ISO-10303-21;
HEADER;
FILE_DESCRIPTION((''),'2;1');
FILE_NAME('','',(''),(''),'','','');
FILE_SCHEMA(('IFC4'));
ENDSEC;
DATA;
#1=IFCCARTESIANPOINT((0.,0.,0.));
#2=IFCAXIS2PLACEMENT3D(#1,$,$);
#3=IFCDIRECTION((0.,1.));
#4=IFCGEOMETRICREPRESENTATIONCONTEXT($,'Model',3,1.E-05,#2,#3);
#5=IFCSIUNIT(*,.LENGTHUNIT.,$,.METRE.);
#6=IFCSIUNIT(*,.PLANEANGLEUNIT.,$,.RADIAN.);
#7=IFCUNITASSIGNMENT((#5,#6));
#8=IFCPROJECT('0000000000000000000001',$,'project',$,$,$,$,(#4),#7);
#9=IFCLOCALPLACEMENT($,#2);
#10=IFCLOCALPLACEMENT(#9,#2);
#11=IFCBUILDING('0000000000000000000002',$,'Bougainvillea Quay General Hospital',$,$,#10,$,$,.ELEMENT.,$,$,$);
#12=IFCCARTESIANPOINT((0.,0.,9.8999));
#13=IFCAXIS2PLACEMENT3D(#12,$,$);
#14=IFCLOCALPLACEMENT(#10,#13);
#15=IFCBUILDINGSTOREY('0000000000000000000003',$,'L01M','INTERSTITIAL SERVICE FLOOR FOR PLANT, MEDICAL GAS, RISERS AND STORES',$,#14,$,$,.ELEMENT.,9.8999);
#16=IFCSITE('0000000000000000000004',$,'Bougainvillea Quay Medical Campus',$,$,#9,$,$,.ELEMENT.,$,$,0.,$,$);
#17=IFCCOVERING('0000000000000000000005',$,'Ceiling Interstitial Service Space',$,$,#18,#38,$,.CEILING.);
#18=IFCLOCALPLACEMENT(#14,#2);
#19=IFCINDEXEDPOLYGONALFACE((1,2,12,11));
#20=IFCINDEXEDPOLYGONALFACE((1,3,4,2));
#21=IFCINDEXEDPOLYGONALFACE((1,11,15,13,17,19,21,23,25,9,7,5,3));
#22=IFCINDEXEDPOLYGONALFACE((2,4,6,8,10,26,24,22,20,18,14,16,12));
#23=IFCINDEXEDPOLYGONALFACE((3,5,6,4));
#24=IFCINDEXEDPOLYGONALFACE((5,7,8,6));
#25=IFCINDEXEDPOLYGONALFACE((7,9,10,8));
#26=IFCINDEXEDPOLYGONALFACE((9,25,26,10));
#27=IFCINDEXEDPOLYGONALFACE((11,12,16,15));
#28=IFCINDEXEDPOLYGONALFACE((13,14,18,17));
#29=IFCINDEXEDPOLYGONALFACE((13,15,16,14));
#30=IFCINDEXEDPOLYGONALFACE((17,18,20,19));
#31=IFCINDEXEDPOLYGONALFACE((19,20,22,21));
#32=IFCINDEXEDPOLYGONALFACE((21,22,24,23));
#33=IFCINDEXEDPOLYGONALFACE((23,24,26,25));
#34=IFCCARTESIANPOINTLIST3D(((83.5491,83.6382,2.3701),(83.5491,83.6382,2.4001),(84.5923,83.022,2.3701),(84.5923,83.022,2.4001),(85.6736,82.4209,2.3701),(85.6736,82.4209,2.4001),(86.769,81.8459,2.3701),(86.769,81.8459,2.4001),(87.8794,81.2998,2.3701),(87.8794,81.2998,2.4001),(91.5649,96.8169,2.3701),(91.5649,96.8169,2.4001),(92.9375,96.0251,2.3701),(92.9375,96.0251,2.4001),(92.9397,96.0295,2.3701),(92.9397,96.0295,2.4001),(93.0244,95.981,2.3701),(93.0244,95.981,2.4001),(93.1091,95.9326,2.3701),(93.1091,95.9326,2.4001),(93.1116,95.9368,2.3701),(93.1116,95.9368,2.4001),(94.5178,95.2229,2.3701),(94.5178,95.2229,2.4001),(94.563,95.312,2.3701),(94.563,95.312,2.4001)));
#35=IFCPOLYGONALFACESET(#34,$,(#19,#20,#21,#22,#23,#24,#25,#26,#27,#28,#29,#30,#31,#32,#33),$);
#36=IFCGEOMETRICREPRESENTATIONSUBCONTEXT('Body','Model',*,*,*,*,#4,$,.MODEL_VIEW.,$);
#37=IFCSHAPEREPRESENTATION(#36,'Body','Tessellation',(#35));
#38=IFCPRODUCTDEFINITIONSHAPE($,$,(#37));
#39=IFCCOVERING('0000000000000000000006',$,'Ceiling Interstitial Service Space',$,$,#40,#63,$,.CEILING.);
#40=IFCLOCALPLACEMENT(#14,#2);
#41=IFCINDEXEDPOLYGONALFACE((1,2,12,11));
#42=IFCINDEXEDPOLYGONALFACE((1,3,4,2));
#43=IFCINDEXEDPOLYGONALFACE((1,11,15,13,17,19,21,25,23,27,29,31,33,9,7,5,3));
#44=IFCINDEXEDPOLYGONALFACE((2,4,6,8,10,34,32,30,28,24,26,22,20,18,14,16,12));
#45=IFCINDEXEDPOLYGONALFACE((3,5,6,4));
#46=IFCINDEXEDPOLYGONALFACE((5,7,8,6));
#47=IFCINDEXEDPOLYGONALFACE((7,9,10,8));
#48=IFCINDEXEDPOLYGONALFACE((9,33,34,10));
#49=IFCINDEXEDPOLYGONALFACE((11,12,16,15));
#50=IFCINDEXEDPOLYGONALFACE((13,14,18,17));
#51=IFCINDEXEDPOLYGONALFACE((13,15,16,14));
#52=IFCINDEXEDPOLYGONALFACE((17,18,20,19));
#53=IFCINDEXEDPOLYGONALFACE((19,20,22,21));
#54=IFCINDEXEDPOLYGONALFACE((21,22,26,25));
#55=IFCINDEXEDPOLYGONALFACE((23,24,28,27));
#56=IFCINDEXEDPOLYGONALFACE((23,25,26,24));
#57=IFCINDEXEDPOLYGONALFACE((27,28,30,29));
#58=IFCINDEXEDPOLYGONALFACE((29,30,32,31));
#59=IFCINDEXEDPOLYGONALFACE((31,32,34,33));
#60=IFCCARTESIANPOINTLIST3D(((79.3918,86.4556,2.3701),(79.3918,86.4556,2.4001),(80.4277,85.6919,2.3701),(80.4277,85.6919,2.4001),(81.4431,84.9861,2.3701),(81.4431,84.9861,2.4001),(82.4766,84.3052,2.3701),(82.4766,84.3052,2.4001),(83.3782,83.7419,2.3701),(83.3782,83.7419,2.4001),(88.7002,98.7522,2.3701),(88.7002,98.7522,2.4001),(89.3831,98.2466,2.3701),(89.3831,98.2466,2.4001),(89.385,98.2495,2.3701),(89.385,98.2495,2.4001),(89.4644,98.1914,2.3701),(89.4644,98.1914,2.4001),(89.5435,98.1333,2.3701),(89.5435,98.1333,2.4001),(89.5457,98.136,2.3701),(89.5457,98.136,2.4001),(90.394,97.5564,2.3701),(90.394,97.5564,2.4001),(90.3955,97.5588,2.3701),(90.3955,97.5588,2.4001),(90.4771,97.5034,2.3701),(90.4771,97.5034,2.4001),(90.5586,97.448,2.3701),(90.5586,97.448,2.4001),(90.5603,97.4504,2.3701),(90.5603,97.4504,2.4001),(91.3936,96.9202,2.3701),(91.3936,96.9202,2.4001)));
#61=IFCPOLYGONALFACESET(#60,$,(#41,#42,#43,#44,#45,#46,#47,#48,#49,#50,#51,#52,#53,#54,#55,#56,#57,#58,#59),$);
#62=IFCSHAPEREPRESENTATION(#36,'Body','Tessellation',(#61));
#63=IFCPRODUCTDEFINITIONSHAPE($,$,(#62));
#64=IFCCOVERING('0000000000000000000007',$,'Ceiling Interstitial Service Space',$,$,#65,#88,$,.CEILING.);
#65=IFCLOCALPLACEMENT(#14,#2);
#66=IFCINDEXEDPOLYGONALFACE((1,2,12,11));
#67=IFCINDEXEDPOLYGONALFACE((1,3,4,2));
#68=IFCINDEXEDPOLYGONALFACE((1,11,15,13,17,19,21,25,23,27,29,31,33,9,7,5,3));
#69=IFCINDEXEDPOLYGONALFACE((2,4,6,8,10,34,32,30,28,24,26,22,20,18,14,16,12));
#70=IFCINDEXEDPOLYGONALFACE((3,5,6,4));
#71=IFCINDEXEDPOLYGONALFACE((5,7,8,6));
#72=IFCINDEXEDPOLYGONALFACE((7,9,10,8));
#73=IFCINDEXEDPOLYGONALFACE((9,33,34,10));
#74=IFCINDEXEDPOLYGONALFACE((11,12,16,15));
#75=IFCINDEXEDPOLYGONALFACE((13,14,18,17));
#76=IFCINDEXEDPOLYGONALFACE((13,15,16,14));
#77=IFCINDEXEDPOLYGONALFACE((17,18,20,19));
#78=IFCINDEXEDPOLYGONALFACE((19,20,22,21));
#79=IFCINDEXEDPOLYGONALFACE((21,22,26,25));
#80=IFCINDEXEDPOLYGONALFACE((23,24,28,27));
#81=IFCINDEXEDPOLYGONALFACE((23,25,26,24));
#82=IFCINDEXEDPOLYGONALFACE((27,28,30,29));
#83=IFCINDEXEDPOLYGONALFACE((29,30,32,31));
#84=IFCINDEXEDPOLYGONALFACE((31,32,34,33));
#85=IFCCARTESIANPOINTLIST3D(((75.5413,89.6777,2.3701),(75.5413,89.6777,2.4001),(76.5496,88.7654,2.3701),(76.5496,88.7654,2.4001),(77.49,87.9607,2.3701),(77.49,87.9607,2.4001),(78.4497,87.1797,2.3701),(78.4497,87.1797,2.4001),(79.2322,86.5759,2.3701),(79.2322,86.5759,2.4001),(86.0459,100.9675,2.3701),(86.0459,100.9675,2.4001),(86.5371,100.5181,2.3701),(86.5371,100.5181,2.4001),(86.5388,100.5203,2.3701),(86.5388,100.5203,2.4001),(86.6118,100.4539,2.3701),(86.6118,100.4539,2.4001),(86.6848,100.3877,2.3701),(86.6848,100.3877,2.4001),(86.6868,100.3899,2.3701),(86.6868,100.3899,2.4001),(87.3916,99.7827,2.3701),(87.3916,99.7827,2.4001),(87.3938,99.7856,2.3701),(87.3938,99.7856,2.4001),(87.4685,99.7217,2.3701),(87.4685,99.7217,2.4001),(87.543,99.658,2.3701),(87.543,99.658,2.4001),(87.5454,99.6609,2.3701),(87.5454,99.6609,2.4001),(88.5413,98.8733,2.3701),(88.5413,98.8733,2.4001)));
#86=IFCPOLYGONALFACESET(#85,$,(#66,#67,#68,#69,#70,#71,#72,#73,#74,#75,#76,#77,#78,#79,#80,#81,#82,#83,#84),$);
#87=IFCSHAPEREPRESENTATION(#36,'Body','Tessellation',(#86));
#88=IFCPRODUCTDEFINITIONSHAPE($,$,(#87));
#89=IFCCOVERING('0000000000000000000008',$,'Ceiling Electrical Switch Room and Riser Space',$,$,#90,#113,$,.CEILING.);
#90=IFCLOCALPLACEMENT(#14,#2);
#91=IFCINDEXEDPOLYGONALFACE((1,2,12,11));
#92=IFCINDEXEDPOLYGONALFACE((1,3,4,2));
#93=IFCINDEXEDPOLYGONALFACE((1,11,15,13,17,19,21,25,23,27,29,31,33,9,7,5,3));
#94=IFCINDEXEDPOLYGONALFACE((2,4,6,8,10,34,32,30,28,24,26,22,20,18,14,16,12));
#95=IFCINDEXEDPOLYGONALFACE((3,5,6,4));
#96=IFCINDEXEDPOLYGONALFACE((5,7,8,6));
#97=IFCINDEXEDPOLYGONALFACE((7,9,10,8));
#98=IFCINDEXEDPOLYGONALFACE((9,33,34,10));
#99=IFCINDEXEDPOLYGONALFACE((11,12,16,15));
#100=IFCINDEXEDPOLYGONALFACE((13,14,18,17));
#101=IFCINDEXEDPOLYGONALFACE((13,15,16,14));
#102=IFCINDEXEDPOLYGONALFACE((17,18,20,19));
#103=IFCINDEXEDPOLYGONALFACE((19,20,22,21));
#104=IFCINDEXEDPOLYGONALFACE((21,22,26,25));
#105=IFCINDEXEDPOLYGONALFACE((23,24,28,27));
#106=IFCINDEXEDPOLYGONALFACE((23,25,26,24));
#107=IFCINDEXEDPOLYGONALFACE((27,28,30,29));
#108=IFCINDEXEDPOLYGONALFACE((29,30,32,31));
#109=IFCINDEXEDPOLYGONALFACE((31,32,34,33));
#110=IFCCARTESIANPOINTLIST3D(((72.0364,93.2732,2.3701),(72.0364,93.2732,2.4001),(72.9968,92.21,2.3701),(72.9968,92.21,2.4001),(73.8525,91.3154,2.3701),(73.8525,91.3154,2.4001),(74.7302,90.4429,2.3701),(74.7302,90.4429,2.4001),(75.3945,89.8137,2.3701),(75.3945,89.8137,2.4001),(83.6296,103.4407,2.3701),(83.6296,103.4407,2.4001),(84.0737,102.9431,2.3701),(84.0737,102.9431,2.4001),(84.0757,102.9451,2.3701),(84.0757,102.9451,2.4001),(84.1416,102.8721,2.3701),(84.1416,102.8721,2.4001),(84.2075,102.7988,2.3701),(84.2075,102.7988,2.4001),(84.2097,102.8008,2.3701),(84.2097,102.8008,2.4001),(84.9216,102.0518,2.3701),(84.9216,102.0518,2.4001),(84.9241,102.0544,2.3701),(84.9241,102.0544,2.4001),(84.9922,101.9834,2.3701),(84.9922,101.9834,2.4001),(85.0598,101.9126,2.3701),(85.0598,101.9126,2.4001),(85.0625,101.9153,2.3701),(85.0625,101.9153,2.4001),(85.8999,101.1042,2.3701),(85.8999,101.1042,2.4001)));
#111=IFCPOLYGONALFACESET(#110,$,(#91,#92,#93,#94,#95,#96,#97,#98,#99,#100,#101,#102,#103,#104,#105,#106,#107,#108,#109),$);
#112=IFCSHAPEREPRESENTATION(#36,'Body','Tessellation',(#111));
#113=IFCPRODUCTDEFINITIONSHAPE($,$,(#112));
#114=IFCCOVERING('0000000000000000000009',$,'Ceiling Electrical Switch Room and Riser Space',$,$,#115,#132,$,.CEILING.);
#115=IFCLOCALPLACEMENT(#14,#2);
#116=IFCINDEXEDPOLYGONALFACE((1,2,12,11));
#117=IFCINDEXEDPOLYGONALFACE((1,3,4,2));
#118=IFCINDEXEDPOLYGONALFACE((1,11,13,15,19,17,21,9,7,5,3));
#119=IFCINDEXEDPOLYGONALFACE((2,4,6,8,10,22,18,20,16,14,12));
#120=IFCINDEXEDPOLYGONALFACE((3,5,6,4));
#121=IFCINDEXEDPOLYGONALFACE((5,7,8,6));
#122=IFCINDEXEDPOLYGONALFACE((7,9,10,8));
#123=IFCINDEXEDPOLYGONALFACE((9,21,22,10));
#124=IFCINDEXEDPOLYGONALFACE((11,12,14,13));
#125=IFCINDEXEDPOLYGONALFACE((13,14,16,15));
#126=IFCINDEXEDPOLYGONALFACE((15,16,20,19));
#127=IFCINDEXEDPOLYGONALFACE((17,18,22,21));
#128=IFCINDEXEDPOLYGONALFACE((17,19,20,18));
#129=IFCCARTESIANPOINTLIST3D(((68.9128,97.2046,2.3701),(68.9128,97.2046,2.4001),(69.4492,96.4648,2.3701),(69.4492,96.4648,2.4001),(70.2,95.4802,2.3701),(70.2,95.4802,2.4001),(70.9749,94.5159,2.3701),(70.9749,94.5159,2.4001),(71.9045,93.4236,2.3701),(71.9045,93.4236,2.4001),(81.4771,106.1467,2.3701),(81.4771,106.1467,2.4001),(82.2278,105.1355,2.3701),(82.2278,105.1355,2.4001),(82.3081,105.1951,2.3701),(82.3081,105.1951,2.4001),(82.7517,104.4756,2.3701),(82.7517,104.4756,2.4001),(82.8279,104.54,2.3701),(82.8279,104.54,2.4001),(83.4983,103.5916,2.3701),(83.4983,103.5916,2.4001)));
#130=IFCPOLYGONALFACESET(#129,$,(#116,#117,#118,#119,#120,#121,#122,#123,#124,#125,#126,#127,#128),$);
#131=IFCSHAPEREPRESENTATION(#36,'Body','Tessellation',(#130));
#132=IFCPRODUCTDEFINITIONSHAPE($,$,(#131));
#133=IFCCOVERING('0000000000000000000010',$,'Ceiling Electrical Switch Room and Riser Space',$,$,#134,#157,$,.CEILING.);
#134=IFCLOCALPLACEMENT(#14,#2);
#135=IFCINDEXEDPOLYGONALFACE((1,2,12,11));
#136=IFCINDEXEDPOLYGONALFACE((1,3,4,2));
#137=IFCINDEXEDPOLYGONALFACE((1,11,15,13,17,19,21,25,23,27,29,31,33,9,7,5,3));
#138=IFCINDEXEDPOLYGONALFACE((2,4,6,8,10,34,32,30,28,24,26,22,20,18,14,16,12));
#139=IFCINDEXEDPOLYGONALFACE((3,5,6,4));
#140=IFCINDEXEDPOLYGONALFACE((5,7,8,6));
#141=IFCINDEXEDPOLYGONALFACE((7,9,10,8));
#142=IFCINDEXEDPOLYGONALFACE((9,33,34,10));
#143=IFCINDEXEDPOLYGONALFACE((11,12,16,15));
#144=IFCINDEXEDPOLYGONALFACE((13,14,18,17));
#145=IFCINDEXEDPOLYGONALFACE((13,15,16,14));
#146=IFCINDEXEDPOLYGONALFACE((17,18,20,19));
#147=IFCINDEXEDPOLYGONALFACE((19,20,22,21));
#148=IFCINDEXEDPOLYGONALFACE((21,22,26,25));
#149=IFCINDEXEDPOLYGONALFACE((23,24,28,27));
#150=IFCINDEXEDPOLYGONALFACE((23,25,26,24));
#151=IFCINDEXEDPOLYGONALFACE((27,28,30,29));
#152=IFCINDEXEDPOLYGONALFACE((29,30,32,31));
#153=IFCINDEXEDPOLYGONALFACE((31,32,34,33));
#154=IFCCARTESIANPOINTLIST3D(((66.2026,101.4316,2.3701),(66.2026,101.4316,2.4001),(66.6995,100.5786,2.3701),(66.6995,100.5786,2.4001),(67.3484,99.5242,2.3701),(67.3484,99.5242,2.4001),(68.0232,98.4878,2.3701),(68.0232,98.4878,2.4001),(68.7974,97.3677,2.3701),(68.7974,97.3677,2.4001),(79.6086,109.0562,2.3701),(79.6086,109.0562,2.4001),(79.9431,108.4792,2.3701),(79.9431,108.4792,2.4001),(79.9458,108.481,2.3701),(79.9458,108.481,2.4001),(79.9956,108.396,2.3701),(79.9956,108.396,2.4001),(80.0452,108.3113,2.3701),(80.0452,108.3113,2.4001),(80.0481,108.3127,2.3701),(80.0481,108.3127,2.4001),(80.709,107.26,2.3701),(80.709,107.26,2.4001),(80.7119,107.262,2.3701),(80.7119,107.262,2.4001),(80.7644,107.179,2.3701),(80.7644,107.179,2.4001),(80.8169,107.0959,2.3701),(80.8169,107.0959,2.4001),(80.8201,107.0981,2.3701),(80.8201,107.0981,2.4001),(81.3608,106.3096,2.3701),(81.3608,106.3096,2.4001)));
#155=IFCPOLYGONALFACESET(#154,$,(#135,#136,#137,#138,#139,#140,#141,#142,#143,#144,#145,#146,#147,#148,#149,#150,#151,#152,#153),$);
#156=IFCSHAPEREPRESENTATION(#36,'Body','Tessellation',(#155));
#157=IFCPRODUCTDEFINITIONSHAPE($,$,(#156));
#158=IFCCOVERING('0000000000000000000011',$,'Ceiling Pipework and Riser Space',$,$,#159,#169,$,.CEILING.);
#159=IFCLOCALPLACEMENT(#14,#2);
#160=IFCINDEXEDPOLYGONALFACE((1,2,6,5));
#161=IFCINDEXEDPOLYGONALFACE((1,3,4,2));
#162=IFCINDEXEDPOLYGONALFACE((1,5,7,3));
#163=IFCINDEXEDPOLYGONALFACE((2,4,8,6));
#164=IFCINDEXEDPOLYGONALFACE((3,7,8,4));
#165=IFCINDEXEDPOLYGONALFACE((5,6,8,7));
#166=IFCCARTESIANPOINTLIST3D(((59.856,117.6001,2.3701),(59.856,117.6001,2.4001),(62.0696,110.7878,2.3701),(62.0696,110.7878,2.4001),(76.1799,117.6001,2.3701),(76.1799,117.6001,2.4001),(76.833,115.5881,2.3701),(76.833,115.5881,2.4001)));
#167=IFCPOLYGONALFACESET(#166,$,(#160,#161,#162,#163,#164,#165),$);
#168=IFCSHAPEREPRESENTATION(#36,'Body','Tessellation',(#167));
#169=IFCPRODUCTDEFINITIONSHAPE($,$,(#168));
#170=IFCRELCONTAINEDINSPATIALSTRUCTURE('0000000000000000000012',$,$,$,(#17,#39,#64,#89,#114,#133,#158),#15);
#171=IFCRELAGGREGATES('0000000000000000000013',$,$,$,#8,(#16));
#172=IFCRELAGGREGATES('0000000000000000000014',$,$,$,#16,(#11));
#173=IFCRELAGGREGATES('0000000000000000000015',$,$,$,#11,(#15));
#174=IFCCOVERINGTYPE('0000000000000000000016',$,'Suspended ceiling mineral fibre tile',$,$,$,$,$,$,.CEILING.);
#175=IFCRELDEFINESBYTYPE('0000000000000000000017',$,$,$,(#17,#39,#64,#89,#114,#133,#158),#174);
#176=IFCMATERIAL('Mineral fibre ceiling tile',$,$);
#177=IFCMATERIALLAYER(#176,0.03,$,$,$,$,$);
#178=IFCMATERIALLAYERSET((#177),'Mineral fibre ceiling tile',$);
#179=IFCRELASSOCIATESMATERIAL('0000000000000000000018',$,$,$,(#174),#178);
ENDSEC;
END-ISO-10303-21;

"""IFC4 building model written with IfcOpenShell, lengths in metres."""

from ifc_helpers import new_model, si_unit, direction, frame, origin, place, context, subcontext, project, spatial, polyline, outline, extrude, material, layer, layer_set, type_object, element, save


model = new_model("IFC4")

# Units and contexts
model_context = context("Model", 3, precision=1e-05, world=origin(), true_north=direction((0.0, 1.0)))
body_context = subcontext(model_context, "Body", "Model", "MODEL_VIEW")
ifc_project = project(units=[si_unit("LENGTHUNIT", "METRE"), si_unit("PLANEANGLEUNIT", "RADIAN")], contexts=[model_context])

# Site, building, storey
site_placement = place(None, origin())
site = spatial("IfcSite", under=ifc_project, at=site_placement, Name="Bougainvillea Quay Medical Campus", CompositionType="ELEMENT", RefElevation=0.0)
building_placement = place(site_placement, origin())
building = spatial("IfcBuilding", under=site, at=building_placement, Name="Bougainvillea Quay General Hospital", CompositionType="ELEMENT")
storey_placement = place(building_placement, frame((0.0, 0.0, 9.8999)))
storey = spatial("IfcBuildingStorey", under=building, at=storey_placement, Name="L01M", Description="INTERSTITIAL SERVICE FLOOR FOR PLANT, MEDICAL GAS, RISERS AND STORES", CompositionType="ELEMENT", Elevation=9.8999)

# Coverings
ifc_material = material(Name="Mineral fibre ceiling tile")
ifc_layer = layer(ifc_material, 0.03)
ifc_layer_set = layer_set([ifc_layer], Name="Mineral fibre ceiling tile")
covering_type = type_object("IfcCoveringType", Name="Suspended ceiling mineral fibre tile", PredefinedType="CEILING", material=ifc_layer_set)
covering_1_placement = place(storey_placement, frame((0.0, 0.0, 2.3701)))
element("IfcCovering", 1, at=covering_1_placement, inside=storey, type_object=covering_type, Name="Ceiling Interstitial Service Space", PredefinedType="CEILING", context=body_context, shape_type="SweptSolid", body=[
    extrude(outline(polyline([(94.563, 95.312), (94.5178, 95.2229), (93.1116, 95.9368), (93.1091, 95.9326), (93.0244, 95.981), (92.9375, 96.0251), (92.9397, 96.0295), (91.5649, 96.8169), (83.5491, 83.6382), (84.5923, 83.022), (85.6736, 82.4209), (86.769, 81.8459), (87.8794, 81.2998), (94.563, 95.312)])), origin(), (0.0, 0.0, 1.0), 0.03),
])
covering_2_placement = place(storey_placement, frame((0.0, 0.0, 2.3701)))
element("IfcCovering", 2, at=covering_2_placement, inside=storey, type_object=covering_type, Name="Ceiling Interstitial Service Space", PredefinedType="CEILING", context=body_context, shape_type="SweptSolid", body=[
    extrude(outline(polyline([(83.3782, 83.7419), (91.3936, 96.9202), (90.5603, 97.4504), (90.5586, 97.448), (90.4771, 97.5034), (90.394, 97.5564), (90.3955, 97.5588), (89.5457, 98.136), (89.5435, 98.1333), (89.4644, 98.1914), (89.3831, 98.2466), (89.385, 98.2495), (88.7002, 98.7522), (79.3918, 86.4556), (80.4277, 85.6919), (81.4431, 84.9861), (82.4766, 84.3052), (83.3782, 83.7419)])), origin(), (0.0, 0.0, 1.0), 0.03),
])
covering_3_placement = place(storey_placement, frame((0.0, 0.0, 2.3701)))
element("IfcCovering", 3, at=covering_3_placement, inside=storey, type_object=covering_type, Name="Ceiling Interstitial Service Space", PredefinedType="CEILING", context=body_context, shape_type="SweptSolid", body=[
    extrude(outline(polyline([(77.49, 87.9607), (78.4497, 87.1797), (79.2322, 86.5759), (88.5413, 98.8733), (87.5454, 99.6609), (87.543, 99.658), (87.4685, 99.7217), (87.3916, 99.7827), (87.3938, 99.7856), (86.6868, 100.3899), (86.6848, 100.3877), (86.6118, 100.4539), (86.5371, 100.5181), (86.5388, 100.5203), (86.0459, 100.9675), (75.5413, 89.6777), (76.5496, 88.7654), (77.49, 87.9607)])), origin(), (0.0, 0.0, 1.0), 0.03),
])
covering_4_placement = place(storey_placement, frame((0.0, 0.0, 2.3701)))
element("IfcCovering", 4, at=covering_4_placement, inside=storey, type_object=covering_type, Name="Ceiling Electrical Switch Room and Riser Space", PredefinedType="CEILING", context=body_context, shape_type="SweptSolid", body=[
    extrude(outline(polyline([(74.7302, 90.4429), (75.3945, 89.8137), (85.8999, 101.1042), (85.0625, 101.9153), (85.0598, 101.9126), (84.9922, 101.9834), (84.9216, 102.0518), (84.9241, 102.0544), (84.2097, 102.8008), (84.2075, 102.7988), (84.1416, 102.8721), (84.0737, 102.9431), (84.0757, 102.9451), (83.6296, 103.4407), (72.0364, 93.2732), (72.9968, 92.21), (73.8525, 91.3154), (74.7302, 90.4429)])), origin(), (0.0, 0.0, 1.0), 0.03),
])
covering_5_placement = place(storey_placement, frame((0.0, 0.0, 2.3701)))
element("IfcCovering", 5, at=covering_5_placement, inside=storey, type_object=covering_type, Name="Ceiling Electrical Switch Room and Riser Space", PredefinedType="CEILING", context=body_context, shape_type="SweptSolid", body=[
    extrude(outline(polyline([(82.3081, 105.1951), (82.2278, 105.1355), (81.4771, 106.1467), (68.9128, 97.2046), (69.4492, 96.4648), (70.2, 95.4802), (70.9749, 94.5159), (71.9045, 93.4236), (83.4983, 103.5916), (82.7517, 104.4756), (82.8279, 104.54), (82.3081, 105.1951)])), origin(), (0.0, 0.0, 1.0), 0.03),
])
covering_6_placement = place(storey_placement, frame((0.0, 0.0, 2.3701)))
element("IfcCovering", 6, at=covering_6_placement, inside=storey, type_object=covering_type, Name="Ceiling Electrical Switch Room and Riser Space", PredefinedType="CEILING", context=body_context, shape_type="SweptSolid", body=[
    extrude(outline(polyline([(67.3484, 99.5242), (68.0232, 98.4878), (68.7974, 97.3677), (81.3608, 106.3096), (80.8201, 107.0981), (80.8169, 107.0959), (80.7644, 107.179), (80.709, 107.26), (80.7119, 107.262), (80.0481, 108.3127), (80.0452, 108.3113), (79.9956, 108.396), (79.9431, 108.4792), (79.9458, 108.481), (79.6086, 109.0562), (66.2026, 101.4316), (66.6995, 100.5786), (67.3484, 99.5242)])), origin(), (0.0, 0.0, 1.0), 0.03),
])
covering_7_placement = place(storey_placement, frame((0.0, 0.0, 2.3701)))
element("IfcCovering", 7, at=covering_7_placement, inside=storey, type_object=covering_type, Name="Ceiling Pipework and Riser Space", PredefinedType="CEILING", context=body_context, shape_type="SweptSolid", body=[
    extrude(outline(polyline([(59.856, 117.6001), (62.0696, 110.7878), (76.833, 115.5881), (76.1799, 117.6001), (59.856, 117.6001)])), origin(), (0.0, 0.0, 1.0), 0.03),
])

save(model, "model.ifc")
